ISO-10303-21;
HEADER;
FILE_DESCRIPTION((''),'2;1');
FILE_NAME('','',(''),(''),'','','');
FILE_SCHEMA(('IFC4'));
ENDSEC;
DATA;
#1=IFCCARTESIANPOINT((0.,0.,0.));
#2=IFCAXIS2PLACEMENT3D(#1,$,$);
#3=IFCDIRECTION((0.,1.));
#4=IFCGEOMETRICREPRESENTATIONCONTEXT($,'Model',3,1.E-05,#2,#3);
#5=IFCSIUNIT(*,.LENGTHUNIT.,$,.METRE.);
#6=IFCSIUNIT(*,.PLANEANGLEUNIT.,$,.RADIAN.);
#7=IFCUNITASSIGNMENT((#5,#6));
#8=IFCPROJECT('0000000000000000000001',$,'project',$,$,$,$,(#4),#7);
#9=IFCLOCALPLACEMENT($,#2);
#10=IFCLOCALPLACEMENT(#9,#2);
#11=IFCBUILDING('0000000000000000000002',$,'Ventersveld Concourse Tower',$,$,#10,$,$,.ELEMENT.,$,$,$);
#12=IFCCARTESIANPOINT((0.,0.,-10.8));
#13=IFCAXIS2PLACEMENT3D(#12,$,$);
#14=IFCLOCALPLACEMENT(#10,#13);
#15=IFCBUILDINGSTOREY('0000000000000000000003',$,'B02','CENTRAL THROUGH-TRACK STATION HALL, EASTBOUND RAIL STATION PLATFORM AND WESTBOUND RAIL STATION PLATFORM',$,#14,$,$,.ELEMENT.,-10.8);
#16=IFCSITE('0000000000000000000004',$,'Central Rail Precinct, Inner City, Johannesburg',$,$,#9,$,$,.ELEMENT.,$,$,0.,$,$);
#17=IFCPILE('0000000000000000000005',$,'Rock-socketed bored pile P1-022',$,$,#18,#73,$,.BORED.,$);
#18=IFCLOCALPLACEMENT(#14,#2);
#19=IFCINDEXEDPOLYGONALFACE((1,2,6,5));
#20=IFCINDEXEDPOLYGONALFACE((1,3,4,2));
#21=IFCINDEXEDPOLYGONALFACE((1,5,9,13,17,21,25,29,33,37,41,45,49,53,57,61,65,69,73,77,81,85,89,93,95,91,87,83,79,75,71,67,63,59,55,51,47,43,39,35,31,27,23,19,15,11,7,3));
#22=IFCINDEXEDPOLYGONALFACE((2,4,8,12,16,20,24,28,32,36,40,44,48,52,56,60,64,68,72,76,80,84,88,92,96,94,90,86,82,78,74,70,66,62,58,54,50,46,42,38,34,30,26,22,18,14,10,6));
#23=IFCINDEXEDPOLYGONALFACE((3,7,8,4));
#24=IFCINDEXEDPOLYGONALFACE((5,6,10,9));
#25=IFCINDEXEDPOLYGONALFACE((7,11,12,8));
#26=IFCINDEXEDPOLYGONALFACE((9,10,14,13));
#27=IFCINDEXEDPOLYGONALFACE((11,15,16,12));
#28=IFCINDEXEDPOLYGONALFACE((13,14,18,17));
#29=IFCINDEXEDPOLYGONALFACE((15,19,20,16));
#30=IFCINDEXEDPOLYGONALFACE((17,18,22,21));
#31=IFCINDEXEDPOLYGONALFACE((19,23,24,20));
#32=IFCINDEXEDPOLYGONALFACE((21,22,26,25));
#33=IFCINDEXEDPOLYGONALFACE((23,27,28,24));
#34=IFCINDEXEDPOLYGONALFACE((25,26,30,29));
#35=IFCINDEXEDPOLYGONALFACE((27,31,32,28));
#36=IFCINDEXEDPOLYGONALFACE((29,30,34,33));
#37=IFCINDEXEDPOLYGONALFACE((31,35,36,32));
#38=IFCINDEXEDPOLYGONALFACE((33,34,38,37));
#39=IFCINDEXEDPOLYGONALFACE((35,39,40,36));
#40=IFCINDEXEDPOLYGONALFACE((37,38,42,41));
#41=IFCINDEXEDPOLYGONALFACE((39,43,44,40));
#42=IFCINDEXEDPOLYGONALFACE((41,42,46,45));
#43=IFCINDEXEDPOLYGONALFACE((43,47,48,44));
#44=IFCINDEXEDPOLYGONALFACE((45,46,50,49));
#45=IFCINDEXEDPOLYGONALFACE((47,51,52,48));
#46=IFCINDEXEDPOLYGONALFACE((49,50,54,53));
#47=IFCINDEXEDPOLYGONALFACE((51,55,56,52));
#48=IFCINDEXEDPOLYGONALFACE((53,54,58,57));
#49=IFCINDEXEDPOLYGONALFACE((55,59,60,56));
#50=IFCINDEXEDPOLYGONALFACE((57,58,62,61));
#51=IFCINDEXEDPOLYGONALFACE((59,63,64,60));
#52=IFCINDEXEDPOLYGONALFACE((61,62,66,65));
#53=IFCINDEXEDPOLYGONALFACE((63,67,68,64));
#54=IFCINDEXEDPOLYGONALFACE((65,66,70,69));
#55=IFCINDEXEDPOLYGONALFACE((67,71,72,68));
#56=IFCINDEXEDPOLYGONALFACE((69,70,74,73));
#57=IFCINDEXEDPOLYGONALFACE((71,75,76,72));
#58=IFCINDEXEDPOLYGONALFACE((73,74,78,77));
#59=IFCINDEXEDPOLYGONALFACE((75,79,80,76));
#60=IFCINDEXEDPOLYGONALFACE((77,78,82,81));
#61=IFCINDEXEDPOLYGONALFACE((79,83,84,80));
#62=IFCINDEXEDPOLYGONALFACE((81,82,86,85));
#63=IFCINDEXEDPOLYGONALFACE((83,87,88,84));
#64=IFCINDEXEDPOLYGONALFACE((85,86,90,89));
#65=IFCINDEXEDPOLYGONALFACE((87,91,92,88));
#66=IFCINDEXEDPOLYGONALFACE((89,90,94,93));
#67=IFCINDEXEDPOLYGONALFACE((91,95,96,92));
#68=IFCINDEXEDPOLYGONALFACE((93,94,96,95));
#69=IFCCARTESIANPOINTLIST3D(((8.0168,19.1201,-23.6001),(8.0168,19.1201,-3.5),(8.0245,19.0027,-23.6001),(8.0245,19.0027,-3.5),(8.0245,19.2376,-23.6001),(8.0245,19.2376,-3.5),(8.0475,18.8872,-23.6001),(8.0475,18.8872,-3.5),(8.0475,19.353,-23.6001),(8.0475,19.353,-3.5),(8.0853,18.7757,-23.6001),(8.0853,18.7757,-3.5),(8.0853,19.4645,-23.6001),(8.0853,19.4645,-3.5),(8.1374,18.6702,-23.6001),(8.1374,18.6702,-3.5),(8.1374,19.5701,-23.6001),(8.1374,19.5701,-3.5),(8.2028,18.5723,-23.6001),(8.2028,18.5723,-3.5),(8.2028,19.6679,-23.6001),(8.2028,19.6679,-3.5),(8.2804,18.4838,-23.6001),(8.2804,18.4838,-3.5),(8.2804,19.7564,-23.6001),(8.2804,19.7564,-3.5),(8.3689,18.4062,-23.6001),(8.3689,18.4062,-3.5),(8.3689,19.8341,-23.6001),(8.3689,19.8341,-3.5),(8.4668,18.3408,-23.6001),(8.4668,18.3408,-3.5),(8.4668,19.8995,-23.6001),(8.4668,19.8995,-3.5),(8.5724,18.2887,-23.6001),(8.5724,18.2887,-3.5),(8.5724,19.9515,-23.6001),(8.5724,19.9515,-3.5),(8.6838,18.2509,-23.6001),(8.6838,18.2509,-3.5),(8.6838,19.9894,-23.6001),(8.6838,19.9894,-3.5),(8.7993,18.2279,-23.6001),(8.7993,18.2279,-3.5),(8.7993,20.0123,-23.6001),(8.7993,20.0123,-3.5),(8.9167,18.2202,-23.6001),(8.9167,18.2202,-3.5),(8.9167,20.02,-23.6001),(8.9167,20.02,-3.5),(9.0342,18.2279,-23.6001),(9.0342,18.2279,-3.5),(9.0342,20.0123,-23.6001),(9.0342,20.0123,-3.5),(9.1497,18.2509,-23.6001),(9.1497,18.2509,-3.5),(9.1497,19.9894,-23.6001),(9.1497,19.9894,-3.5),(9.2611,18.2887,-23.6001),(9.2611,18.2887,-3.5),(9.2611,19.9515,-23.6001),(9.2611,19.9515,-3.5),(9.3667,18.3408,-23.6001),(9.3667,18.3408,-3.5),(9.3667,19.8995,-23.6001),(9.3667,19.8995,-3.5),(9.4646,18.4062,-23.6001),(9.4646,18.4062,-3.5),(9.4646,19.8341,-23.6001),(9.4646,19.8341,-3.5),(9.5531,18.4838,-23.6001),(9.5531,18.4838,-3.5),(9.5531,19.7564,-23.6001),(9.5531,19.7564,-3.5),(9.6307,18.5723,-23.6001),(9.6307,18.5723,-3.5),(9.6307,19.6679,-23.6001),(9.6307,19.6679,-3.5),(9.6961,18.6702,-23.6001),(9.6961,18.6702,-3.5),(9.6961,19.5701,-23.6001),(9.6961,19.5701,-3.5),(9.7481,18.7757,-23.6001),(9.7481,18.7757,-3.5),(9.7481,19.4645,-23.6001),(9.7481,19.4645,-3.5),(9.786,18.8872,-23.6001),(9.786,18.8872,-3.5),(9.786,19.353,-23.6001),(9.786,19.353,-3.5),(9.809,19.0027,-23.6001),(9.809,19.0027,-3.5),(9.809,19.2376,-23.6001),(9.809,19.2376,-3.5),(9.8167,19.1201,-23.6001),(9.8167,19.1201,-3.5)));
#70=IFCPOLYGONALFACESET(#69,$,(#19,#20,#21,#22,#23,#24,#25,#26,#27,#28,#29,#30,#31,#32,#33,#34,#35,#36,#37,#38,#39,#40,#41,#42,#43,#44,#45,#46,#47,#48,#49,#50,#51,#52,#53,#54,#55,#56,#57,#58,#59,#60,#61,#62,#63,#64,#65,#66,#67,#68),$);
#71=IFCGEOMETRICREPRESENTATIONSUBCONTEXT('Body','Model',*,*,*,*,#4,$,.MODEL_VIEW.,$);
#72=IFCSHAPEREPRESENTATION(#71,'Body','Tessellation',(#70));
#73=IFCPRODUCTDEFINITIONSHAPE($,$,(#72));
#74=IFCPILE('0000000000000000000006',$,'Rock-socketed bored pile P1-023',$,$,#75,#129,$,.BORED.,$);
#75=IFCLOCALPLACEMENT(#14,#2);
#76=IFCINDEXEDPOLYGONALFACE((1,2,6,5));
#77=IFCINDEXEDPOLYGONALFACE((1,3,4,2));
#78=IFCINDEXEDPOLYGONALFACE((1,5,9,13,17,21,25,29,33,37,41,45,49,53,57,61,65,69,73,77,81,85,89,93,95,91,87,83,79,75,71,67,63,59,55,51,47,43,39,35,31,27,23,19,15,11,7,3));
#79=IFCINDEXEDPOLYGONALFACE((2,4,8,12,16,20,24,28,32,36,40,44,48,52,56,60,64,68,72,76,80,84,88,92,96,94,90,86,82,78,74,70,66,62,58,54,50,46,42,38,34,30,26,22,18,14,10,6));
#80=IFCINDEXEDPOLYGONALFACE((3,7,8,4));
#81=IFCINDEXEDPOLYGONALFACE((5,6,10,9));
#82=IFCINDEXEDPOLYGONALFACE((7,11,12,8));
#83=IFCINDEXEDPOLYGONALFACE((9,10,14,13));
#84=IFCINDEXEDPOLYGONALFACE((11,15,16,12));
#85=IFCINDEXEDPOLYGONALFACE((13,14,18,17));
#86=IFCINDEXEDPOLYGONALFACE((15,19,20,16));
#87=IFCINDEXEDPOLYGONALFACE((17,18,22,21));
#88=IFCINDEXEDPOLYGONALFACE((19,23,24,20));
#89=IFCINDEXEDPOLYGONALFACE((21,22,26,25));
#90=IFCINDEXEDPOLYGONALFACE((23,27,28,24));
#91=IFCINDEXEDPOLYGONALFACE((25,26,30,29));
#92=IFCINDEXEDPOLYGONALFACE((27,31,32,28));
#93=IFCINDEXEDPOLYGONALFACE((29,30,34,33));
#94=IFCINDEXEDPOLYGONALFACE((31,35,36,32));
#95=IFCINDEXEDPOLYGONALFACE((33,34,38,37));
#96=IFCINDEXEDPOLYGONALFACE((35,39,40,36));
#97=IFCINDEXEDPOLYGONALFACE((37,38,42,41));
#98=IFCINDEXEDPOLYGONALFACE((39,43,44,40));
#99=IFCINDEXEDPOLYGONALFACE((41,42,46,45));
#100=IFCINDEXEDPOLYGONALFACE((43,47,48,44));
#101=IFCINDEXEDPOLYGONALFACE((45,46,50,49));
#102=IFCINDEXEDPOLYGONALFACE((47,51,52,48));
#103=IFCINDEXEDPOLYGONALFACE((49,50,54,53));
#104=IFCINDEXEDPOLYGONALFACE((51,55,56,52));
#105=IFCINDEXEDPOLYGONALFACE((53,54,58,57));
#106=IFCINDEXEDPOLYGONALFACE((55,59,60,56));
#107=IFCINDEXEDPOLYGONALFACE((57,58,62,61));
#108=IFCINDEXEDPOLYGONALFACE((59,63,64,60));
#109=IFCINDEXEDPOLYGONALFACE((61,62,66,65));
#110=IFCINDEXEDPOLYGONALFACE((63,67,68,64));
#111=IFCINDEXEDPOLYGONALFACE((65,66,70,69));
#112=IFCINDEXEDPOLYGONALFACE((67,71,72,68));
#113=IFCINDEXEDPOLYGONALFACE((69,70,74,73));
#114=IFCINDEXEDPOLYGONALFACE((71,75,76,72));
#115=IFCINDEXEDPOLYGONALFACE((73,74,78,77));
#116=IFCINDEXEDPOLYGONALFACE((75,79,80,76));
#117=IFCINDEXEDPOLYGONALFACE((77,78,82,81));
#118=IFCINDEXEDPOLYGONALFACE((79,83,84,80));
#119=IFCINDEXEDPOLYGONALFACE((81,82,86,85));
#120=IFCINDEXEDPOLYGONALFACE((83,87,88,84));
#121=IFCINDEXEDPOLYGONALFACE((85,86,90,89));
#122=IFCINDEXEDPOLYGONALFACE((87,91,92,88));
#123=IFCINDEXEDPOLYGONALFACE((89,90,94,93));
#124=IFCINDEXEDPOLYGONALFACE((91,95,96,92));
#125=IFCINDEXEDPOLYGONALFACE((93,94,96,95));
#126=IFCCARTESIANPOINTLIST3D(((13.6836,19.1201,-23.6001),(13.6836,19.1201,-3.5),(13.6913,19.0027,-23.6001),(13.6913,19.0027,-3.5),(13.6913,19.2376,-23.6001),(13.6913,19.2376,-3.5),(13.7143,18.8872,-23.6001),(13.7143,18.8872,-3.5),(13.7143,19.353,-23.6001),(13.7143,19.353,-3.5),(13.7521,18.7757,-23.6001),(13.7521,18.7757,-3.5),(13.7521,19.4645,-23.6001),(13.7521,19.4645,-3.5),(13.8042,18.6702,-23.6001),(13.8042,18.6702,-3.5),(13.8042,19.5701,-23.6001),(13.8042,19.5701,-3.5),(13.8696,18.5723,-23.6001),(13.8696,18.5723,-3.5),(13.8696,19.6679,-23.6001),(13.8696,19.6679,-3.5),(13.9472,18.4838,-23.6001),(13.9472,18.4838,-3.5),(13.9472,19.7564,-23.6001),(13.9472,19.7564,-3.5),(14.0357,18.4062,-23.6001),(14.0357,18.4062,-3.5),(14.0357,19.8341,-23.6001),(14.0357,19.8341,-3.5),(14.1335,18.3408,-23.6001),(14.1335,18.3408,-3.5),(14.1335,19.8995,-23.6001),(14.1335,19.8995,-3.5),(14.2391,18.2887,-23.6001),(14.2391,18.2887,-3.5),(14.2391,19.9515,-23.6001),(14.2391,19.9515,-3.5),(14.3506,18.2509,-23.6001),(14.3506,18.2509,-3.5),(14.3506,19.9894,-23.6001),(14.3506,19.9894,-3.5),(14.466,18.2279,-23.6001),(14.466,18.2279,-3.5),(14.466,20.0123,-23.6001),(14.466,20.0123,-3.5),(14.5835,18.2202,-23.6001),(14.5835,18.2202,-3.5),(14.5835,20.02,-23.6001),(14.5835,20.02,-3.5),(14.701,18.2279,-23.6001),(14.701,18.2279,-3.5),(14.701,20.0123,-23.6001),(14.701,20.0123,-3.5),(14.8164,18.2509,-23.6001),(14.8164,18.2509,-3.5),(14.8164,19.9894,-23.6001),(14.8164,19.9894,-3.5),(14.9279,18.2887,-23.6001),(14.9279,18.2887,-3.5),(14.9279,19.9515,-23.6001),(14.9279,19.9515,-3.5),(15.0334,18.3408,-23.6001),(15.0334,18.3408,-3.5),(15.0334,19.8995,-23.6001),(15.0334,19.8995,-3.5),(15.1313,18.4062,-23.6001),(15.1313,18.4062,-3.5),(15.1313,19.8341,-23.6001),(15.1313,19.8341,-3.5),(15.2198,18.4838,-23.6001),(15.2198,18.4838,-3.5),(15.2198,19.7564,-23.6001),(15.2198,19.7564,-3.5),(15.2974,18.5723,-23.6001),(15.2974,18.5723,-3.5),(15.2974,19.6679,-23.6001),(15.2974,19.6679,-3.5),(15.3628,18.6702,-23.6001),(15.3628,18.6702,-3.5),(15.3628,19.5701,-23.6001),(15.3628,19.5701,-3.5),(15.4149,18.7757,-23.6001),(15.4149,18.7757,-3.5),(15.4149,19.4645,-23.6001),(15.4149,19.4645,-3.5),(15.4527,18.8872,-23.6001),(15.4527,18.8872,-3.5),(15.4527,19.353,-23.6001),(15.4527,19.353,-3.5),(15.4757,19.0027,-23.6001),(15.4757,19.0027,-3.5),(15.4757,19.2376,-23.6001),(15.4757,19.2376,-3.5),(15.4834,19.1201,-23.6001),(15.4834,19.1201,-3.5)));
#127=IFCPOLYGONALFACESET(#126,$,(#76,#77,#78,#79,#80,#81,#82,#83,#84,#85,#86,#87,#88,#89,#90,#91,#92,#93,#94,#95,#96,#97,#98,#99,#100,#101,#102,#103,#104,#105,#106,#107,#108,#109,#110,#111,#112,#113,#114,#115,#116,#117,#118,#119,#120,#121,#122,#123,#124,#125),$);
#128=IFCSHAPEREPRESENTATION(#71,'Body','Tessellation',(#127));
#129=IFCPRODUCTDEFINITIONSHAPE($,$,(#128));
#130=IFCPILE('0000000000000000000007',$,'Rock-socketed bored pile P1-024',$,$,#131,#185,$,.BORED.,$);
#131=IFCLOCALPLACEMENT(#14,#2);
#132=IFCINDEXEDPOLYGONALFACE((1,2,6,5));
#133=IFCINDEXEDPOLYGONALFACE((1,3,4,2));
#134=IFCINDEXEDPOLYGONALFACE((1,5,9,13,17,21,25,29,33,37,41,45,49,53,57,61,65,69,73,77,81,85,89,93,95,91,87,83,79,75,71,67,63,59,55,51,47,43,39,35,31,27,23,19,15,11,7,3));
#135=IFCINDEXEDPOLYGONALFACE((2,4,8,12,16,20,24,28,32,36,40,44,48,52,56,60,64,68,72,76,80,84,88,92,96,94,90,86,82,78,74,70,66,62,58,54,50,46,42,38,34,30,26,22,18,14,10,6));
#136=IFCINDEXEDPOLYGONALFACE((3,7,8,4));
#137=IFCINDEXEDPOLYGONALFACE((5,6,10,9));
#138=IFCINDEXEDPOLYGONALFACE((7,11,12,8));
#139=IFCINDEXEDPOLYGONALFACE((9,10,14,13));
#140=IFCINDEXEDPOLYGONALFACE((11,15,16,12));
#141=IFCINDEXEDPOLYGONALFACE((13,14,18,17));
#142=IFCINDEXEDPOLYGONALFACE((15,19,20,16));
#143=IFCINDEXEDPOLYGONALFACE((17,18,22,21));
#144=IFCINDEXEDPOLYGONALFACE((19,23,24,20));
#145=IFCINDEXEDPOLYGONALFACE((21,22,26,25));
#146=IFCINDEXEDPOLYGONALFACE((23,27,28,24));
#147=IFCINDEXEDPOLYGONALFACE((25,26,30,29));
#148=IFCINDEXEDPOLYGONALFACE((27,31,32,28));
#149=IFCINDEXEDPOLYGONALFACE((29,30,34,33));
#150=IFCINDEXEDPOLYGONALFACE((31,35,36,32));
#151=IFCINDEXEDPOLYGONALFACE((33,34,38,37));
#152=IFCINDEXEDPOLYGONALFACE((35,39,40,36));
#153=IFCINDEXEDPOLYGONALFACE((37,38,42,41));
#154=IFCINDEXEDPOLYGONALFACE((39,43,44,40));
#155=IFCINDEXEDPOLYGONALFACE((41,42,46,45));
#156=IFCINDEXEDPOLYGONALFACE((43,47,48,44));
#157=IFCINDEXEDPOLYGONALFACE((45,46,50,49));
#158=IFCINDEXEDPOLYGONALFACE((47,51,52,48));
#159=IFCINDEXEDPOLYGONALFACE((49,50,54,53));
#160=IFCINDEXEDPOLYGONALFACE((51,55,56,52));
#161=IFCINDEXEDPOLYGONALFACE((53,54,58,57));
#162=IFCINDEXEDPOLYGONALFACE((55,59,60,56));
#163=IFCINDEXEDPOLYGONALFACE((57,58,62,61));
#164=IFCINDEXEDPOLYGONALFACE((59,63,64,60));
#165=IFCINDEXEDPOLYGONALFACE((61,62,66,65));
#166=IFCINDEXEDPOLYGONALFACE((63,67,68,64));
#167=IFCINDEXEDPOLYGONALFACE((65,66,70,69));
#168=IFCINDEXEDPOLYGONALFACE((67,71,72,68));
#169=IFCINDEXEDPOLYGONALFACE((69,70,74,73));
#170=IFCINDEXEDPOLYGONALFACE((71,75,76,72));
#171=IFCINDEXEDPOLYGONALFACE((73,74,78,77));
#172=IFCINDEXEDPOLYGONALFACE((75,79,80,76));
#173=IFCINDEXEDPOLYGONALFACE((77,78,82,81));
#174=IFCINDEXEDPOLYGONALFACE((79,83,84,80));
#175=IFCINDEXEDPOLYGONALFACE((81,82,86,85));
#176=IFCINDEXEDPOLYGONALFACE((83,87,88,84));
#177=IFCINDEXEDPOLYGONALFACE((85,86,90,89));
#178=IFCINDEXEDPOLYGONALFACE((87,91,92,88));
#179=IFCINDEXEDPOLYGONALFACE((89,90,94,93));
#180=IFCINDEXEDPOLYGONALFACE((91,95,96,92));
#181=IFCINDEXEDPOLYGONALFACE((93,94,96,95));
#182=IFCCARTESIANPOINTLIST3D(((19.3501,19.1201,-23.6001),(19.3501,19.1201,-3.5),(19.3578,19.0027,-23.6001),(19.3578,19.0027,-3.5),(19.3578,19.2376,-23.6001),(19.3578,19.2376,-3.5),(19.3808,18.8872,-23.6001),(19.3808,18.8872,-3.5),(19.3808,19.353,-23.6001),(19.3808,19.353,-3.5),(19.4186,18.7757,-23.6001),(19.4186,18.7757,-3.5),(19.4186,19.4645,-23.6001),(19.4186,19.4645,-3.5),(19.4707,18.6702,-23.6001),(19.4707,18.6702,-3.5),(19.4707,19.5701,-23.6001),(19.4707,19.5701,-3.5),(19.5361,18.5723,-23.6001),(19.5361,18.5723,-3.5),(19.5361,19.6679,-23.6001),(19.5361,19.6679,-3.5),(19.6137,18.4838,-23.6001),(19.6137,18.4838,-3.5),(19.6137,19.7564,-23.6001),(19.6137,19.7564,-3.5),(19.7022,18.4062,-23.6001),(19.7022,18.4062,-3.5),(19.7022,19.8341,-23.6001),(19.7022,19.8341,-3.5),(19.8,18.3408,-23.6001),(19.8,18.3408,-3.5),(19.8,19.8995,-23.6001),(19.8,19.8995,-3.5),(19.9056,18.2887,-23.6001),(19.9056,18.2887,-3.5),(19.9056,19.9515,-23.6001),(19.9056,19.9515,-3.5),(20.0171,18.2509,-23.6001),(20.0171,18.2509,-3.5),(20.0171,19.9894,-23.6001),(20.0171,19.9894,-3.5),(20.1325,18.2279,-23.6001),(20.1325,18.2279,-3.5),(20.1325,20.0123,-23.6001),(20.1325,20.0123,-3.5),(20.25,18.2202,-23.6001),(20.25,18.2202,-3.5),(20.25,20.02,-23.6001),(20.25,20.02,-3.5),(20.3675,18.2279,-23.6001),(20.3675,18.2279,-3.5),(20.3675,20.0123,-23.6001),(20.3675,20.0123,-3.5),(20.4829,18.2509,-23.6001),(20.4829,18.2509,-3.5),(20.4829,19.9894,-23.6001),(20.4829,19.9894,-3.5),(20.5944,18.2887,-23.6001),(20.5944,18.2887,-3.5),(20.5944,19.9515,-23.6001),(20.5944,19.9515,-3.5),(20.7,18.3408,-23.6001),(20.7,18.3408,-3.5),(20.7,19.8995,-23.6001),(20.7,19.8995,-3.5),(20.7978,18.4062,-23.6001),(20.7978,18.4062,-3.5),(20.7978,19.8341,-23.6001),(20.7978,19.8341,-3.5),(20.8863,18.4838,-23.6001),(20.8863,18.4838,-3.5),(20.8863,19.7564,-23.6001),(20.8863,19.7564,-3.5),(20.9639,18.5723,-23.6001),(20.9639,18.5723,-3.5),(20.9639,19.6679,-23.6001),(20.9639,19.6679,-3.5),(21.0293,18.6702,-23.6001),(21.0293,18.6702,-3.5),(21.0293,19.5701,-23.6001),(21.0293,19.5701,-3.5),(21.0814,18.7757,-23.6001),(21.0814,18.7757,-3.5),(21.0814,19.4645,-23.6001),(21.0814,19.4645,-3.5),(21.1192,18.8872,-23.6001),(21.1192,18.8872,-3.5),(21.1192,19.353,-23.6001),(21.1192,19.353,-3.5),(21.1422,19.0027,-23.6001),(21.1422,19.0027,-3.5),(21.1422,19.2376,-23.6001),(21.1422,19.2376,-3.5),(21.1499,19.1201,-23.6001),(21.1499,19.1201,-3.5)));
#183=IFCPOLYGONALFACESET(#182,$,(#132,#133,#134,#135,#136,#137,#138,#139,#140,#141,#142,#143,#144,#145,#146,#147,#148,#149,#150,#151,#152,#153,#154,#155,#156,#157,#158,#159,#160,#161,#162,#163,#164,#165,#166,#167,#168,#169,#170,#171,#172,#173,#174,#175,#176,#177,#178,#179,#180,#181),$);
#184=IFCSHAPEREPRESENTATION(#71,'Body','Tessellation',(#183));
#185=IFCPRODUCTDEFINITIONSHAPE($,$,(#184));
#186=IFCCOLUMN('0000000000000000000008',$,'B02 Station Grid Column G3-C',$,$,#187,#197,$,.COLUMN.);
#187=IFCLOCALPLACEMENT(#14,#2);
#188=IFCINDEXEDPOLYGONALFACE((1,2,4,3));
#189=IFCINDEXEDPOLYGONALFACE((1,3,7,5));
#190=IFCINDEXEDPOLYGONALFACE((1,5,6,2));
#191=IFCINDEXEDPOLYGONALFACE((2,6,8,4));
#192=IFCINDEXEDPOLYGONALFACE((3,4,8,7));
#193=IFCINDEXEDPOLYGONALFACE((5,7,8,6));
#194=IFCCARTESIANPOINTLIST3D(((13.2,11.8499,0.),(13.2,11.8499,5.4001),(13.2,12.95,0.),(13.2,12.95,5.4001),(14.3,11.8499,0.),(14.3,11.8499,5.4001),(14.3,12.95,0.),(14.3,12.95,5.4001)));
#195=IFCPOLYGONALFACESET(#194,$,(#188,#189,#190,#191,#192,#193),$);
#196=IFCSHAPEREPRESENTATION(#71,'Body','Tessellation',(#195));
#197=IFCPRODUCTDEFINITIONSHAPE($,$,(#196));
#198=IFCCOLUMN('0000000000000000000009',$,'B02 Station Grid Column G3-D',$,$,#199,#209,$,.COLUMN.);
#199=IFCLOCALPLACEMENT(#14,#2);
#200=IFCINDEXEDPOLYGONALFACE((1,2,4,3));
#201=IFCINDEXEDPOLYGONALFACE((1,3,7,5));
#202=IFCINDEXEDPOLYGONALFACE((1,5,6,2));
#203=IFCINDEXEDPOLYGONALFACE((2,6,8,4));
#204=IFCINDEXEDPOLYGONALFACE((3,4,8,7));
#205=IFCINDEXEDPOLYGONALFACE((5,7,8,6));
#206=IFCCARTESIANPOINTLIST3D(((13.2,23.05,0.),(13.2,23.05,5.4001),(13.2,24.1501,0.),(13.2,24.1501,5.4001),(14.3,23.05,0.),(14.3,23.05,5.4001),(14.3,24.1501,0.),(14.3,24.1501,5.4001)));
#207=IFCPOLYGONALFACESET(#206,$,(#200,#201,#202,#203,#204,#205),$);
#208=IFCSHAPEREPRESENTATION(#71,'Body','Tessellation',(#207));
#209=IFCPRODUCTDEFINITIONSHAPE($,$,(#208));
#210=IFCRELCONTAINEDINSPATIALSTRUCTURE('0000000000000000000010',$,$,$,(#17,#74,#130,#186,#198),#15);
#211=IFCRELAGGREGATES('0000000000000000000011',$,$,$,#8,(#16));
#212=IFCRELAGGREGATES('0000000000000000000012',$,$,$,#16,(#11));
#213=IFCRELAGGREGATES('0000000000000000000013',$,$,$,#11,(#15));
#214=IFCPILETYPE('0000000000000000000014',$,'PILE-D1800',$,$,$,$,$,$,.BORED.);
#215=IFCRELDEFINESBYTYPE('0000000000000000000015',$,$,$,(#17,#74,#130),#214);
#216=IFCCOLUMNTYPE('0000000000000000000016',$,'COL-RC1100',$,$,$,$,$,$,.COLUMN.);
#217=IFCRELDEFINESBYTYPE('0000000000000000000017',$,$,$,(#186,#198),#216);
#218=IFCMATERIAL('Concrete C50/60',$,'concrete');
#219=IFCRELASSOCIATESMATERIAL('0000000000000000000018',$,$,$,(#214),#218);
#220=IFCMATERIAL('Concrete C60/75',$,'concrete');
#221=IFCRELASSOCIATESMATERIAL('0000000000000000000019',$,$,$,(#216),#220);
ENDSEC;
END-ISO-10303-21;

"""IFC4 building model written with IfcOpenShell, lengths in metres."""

from ifc_helpers import new_model, si_unit, direction, frame, origin, origin_2d, place, context, subcontext, project, spatial, rectangle, circle, extrude, material, material_profile, profile_set, type_object, element, save


model = new_model("IFC4")

# Units and contexts
model_context = context("Model", 3, precision=1e-05, world=origin(), true_north=direction((0.0, 1.0)))
body_context = subcontext(model_context, "Body", "Model", "MODEL_VIEW")
ifc_project = project(units=[si_unit("LENGTHUNIT", "METRE"), si_unit("PLANEANGLEUNIT", "RADIAN")], contexts=[model_context])

# Site, building, storey
site_placement = place(None, origin())
site = spatial("IfcSite", under=ifc_project, at=site_placement, Name="Central Rail Precinct, Inner City, Johannesburg", CompositionType="ELEMENT", RefElevation=0.0)
building_placement = place(site_placement, origin())
building = spatial("IfcBuilding", under=site, at=building_placement, Name="Ventersveld Concourse Tower", CompositionType="ELEMENT")
storey_placement = place(building_placement, frame((0.0, 0.0, -10.8)))
storey = spatial("IfcBuildingStorey", under=building, at=storey_placement, Name="B02", Description="CENTRAL THROUGH-TRACK STATION HALL, EASTBOUND RAIL STATION PLATFORM AND WESTBOUND RAIL STATION PLATFORM", CompositionType="ELEMENT", Elevation=-10.8)

# Piles
ifc_material_1 = material(Name="Concrete C50/60", Category="concrete")
ifc_material_profile_1 = material_profile(ifc_material_1, circle(Radius=0.8999, at=origin_2d()), Name="PILE D1800")
ifc_profile_set_1 = profile_set([ifc_material_profile_1], Name="Concrete C50/60")
pile_type = type_object("IfcPileType", Name="PILE-D1800", PredefinedType="BORED", material=ifc_profile_set_1)
for number, where, z_axis, x_axis, name in (
    (1, (8.9167, 19.1201, -3.5), (0.0, 0.0, -1.0), (1.0, 0.0, 0.0), "Rock-socketed bored pile P1-022"),
    (2, (14.5835, 19.1201, -3.5), (0.0, 0.0, -1.0), (1.0, 0.0, 0.0), "Rock-socketed bored pile P1-023"),
    (3, (20.25, 19.1201, -3.5), (0.0, 0.0, -1.0), (1.0, 0.0, 0.0), "Rock-socketed bored pile P1-024"),
):
    element("IfcPile", number, at=place(storey_placement, frame(where, z_axis=z_axis, x_axis=x_axis)), inside=storey, type_object=pile_type, Name=name, PredefinedType="BORED", context=body_context, shape_type="SweptSolid", body=[
        extrude(circle(Radius=0.8999, at=origin_2d()), origin(), (0.0, 0.0, 1.0), 20.1001),
    ])

# Columns
ifc_material_2 = material(Name="Concrete C60/75", Category="concrete")
ifc_material_profile_2 = material_profile(ifc_material_2, rectangle(XDim=1.1001, YDim=1.1001, at=origin_2d()), Name="RC 1100x1100")
ifc_profile_set_2 = profile_set([ifc_material_profile_2], Name="Concrete C60/75")
column_type_1 = type_object("IfcColumnType", Name="COL-RC1100", PredefinedType="COLUMN", material=ifc_profile_set_2)
for number, where, z_axis, x_axis, name in (
    (4, (13.75, 12.3999, 0.0), (0.0, 0.0, 1.0), (1.0, 0.0, 0.0), "B02 Station Grid Column G3-C"),
    (5, (13.75, 23.6001, 0.0), (0.0, 0.0, 1.0), (1.0, 0.0, 0.0), "B02 Station Grid Column G3-D"),
):
    element("IfcColumn", number, at=place(storey_placement, frame(where, z_axis=z_axis, x_axis=x_axis)), inside=storey, type_object=column_type_1, Name=name, PredefinedType="COLUMN", context=body_context, shape_type="SweptSolid", body=[
        extrude(rectangle(XDim=1.1001, YDim=1.1001, at=origin_2d()), origin(), (0.0, 0.0, 1.0), 5.4001),
    ])

save(model, "model.ifc")
